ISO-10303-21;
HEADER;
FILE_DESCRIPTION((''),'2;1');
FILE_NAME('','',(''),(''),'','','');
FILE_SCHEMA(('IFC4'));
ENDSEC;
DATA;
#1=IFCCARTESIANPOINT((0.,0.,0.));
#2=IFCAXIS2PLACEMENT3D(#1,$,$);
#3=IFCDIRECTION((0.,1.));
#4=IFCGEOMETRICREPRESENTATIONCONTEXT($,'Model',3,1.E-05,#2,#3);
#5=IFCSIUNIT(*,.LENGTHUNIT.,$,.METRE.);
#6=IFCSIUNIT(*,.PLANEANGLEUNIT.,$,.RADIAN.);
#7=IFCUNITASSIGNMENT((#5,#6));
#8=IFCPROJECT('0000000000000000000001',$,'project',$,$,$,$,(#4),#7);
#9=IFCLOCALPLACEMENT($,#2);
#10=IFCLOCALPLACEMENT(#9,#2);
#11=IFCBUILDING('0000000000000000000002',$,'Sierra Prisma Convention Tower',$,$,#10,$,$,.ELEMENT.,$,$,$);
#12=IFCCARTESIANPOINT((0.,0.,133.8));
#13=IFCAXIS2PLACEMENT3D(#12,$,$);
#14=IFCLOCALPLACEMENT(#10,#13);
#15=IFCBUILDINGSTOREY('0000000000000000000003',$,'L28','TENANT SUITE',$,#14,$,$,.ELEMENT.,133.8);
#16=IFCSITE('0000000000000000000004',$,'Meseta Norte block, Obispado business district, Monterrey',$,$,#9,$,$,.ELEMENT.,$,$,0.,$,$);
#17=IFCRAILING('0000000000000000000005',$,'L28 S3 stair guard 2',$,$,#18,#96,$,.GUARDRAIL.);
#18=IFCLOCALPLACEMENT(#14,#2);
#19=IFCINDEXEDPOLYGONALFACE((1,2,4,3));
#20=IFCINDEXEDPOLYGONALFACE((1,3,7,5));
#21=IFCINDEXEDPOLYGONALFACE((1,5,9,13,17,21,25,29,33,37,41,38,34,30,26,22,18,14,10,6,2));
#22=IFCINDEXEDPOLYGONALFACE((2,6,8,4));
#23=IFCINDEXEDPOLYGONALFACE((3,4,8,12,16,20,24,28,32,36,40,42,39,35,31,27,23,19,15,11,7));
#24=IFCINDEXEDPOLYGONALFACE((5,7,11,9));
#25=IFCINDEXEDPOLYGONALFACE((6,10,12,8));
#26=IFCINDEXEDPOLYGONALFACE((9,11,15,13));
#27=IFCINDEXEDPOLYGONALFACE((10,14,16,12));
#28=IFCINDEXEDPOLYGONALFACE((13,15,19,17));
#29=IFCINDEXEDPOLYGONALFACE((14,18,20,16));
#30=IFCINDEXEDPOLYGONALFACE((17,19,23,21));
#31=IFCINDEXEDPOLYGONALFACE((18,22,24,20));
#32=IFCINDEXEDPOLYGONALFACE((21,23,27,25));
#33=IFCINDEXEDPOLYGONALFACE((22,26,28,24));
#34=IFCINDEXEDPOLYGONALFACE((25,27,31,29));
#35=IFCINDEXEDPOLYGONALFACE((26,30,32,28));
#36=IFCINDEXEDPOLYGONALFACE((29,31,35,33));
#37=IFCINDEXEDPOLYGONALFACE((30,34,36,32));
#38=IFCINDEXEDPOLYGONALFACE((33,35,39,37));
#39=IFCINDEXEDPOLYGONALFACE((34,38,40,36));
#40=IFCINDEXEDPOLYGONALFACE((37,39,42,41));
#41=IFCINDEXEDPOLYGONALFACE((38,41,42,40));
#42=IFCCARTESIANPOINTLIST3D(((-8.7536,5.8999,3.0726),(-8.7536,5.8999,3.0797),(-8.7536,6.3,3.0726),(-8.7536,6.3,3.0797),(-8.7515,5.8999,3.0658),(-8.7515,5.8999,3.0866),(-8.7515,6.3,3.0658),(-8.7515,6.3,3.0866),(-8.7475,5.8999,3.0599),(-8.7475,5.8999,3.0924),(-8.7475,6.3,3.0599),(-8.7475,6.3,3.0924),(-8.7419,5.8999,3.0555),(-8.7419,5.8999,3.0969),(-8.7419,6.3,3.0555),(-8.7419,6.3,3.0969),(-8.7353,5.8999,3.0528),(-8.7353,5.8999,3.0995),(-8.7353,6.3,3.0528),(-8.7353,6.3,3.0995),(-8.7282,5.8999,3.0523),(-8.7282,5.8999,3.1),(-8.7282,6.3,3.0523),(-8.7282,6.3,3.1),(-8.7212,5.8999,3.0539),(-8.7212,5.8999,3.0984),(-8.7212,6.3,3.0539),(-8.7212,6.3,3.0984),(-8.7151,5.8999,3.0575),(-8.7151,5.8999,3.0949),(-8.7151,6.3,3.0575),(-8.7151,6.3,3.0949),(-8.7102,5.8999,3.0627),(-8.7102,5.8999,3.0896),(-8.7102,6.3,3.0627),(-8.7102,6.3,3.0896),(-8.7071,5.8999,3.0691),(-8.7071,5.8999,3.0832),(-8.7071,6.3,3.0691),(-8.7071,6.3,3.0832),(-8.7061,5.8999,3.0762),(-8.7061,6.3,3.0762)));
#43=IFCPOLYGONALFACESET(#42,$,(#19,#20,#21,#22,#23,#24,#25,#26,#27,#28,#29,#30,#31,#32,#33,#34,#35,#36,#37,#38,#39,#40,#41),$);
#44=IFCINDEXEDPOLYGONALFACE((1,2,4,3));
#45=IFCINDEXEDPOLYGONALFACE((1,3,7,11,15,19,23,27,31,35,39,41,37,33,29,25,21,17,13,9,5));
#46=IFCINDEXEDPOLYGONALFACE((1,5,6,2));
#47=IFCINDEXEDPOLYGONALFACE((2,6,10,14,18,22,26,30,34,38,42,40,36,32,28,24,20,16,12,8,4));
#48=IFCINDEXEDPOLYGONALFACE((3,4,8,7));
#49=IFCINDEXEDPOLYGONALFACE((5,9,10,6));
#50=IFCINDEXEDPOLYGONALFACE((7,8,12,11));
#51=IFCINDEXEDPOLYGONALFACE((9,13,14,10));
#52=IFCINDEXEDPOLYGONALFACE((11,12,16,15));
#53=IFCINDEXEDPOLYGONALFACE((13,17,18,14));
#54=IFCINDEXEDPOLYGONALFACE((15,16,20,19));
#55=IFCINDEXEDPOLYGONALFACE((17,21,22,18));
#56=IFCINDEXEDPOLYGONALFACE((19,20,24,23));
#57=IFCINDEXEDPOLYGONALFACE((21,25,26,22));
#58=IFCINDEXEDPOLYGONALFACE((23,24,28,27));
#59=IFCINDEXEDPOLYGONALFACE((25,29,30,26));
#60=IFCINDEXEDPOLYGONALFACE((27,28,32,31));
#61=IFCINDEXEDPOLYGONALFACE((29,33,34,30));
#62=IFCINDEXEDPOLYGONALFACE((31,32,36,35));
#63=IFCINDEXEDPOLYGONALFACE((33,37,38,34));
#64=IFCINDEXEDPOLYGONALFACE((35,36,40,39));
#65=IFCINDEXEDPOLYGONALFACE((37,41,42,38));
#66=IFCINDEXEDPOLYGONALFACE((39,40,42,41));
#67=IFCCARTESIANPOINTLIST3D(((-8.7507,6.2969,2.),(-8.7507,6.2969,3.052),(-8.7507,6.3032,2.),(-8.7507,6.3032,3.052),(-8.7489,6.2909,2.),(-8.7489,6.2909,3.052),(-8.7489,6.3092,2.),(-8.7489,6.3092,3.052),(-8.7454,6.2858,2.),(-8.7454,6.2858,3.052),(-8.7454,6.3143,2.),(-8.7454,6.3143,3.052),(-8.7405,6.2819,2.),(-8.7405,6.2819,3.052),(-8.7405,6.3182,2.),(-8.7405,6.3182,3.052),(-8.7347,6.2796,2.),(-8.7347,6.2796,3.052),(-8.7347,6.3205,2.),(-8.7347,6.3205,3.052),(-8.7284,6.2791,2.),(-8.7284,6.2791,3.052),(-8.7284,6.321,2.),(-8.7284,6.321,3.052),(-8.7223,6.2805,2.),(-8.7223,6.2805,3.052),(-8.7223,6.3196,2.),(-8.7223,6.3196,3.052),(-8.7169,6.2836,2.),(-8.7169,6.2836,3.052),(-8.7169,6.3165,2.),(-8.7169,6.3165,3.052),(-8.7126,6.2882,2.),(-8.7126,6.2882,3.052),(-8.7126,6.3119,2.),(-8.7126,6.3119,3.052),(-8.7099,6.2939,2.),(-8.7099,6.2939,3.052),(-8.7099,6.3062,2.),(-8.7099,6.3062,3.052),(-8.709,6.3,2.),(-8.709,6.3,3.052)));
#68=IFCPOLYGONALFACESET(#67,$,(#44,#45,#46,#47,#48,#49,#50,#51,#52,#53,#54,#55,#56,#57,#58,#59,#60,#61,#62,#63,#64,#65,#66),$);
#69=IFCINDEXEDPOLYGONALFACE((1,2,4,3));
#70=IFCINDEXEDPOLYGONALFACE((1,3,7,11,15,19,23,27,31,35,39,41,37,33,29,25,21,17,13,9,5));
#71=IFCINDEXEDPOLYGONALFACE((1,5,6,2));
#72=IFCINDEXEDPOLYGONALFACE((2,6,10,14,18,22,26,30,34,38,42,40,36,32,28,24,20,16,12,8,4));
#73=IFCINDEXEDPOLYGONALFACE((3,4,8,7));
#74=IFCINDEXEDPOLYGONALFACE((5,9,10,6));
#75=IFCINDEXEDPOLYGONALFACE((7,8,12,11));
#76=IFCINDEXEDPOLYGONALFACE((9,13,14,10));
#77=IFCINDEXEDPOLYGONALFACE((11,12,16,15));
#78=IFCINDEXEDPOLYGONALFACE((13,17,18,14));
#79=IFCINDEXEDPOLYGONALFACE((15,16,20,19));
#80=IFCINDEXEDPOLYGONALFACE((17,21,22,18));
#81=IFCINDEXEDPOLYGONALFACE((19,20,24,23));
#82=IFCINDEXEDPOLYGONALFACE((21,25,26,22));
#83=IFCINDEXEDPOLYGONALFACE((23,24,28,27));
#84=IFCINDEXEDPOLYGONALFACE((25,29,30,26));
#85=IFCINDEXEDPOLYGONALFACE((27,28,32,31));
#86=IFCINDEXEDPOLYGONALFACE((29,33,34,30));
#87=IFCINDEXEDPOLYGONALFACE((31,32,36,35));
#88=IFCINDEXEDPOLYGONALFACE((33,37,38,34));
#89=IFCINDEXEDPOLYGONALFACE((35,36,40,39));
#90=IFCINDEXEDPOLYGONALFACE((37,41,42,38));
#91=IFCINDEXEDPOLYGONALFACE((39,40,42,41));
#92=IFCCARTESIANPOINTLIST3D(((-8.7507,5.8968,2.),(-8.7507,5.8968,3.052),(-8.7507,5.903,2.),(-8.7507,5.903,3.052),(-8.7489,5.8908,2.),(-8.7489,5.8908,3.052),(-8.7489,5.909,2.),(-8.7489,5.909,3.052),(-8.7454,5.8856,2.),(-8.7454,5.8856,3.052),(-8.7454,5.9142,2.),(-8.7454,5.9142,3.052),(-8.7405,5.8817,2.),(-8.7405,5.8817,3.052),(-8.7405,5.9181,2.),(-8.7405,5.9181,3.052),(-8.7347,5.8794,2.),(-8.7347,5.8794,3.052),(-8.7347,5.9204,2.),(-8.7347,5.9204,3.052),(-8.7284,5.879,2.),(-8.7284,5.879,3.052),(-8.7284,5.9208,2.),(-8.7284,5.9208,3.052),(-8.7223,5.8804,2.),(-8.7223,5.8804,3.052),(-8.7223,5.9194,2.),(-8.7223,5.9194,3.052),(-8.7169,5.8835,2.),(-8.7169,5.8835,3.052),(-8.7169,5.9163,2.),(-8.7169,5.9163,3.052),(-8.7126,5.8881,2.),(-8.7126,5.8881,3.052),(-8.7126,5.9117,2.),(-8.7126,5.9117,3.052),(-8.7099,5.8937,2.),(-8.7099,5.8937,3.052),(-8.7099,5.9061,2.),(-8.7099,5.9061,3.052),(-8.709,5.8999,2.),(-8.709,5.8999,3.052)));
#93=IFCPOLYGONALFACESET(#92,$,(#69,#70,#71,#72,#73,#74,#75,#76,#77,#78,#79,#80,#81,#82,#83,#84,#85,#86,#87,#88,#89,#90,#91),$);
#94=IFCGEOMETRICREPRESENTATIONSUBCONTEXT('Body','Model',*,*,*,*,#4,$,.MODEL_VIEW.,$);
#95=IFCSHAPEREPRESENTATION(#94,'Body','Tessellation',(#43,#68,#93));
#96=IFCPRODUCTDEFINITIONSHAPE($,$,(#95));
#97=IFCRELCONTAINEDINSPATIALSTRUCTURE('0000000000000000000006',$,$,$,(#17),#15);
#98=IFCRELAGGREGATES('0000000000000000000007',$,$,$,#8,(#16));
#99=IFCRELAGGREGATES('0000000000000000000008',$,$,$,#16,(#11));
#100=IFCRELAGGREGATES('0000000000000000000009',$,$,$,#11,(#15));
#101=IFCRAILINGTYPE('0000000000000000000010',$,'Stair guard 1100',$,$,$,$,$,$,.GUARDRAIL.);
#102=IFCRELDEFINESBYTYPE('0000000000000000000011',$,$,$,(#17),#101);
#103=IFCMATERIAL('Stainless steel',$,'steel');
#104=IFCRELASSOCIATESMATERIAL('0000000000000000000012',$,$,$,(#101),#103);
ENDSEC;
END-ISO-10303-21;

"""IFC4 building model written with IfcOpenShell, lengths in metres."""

from ifc_helpers import new_model, si_unit, direction, frame, origin, origin_2d, place, context, subcontext, project, spatial, circle, extrude, material, type_object, element, save


model = new_model("IFC4")

# Units and contexts
model_context = context("Model", 3, precision=1e-05, world=origin(), true_north=direction((0.0, 1.0)))
body_context = subcontext(model_context, "Body", "Model", "MODEL_VIEW")
ifc_project = project(units=[si_unit("LENGTHUNIT", "METRE"), si_unit("PLANEANGLEUNIT", "RADIAN")], contexts=[model_context])

# Site, building, storey
site_placement = place(None, origin())
site = spatial("IfcSite", under=ifc_project, at=site_placement, Name="Meseta Norte block, Obispado business district, Monterrey", CompositionType="ELEMENT", RefElevation=0.0)
building_placement = place(site_placement, origin())
building = spatial("IfcBuilding", under=site, at=building_placement, Name="Sierra Prisma Convention Tower", CompositionType="ELEMENT")
storey_placement = place(building_placement, frame((0.0, 0.0, 133.8)))
storey = spatial("IfcBuildingStorey", under=building, at=storey_placement, Name="L28", Description="TENANT SUITE", CompositionType="ELEMENT", Elevation=133.8)

# Railing
ifc_material_1 = material(Name="Stainless steel", Category="steel")
railing_type_1 = type_object("IfcRailingType", Name="Stair guard 1100", PredefinedType="GUARDRAIL", material=ifc_material_1)
railing_1_placement = place(storey_placement, frame((-8.73, 6.3, 2.0)))
element("IfcRailing", 1, at=railing_1_placement, inside=storey, type_object=railing_type_1, Name="L28 S3 stair guard 2", PredefinedType="GUARDRAIL", context=body_context, shape_type="SweptSolid", body=[
    extrude(circle(Radius=0.0239, at=origin_2d()), frame((0.0, 0.0, 1.0762), z_axis=(0.0, -1.0, 0.0), x_axis=(1.0, 0.0, 0.0)), (0.0, 0.0, 1.0), 0.4001),
    extrude(circle(Radius=0.021, at=origin_2d()), origin(), (0.0, 0.0, 1.0), 1.052),
    extrude(circle(Radius=0.021, at=origin_2d()), frame((0.0, -0.4001, 0.0)), (0.0, 0.0, 1.0), 1.052),
])

save(model, "model.ifc")
